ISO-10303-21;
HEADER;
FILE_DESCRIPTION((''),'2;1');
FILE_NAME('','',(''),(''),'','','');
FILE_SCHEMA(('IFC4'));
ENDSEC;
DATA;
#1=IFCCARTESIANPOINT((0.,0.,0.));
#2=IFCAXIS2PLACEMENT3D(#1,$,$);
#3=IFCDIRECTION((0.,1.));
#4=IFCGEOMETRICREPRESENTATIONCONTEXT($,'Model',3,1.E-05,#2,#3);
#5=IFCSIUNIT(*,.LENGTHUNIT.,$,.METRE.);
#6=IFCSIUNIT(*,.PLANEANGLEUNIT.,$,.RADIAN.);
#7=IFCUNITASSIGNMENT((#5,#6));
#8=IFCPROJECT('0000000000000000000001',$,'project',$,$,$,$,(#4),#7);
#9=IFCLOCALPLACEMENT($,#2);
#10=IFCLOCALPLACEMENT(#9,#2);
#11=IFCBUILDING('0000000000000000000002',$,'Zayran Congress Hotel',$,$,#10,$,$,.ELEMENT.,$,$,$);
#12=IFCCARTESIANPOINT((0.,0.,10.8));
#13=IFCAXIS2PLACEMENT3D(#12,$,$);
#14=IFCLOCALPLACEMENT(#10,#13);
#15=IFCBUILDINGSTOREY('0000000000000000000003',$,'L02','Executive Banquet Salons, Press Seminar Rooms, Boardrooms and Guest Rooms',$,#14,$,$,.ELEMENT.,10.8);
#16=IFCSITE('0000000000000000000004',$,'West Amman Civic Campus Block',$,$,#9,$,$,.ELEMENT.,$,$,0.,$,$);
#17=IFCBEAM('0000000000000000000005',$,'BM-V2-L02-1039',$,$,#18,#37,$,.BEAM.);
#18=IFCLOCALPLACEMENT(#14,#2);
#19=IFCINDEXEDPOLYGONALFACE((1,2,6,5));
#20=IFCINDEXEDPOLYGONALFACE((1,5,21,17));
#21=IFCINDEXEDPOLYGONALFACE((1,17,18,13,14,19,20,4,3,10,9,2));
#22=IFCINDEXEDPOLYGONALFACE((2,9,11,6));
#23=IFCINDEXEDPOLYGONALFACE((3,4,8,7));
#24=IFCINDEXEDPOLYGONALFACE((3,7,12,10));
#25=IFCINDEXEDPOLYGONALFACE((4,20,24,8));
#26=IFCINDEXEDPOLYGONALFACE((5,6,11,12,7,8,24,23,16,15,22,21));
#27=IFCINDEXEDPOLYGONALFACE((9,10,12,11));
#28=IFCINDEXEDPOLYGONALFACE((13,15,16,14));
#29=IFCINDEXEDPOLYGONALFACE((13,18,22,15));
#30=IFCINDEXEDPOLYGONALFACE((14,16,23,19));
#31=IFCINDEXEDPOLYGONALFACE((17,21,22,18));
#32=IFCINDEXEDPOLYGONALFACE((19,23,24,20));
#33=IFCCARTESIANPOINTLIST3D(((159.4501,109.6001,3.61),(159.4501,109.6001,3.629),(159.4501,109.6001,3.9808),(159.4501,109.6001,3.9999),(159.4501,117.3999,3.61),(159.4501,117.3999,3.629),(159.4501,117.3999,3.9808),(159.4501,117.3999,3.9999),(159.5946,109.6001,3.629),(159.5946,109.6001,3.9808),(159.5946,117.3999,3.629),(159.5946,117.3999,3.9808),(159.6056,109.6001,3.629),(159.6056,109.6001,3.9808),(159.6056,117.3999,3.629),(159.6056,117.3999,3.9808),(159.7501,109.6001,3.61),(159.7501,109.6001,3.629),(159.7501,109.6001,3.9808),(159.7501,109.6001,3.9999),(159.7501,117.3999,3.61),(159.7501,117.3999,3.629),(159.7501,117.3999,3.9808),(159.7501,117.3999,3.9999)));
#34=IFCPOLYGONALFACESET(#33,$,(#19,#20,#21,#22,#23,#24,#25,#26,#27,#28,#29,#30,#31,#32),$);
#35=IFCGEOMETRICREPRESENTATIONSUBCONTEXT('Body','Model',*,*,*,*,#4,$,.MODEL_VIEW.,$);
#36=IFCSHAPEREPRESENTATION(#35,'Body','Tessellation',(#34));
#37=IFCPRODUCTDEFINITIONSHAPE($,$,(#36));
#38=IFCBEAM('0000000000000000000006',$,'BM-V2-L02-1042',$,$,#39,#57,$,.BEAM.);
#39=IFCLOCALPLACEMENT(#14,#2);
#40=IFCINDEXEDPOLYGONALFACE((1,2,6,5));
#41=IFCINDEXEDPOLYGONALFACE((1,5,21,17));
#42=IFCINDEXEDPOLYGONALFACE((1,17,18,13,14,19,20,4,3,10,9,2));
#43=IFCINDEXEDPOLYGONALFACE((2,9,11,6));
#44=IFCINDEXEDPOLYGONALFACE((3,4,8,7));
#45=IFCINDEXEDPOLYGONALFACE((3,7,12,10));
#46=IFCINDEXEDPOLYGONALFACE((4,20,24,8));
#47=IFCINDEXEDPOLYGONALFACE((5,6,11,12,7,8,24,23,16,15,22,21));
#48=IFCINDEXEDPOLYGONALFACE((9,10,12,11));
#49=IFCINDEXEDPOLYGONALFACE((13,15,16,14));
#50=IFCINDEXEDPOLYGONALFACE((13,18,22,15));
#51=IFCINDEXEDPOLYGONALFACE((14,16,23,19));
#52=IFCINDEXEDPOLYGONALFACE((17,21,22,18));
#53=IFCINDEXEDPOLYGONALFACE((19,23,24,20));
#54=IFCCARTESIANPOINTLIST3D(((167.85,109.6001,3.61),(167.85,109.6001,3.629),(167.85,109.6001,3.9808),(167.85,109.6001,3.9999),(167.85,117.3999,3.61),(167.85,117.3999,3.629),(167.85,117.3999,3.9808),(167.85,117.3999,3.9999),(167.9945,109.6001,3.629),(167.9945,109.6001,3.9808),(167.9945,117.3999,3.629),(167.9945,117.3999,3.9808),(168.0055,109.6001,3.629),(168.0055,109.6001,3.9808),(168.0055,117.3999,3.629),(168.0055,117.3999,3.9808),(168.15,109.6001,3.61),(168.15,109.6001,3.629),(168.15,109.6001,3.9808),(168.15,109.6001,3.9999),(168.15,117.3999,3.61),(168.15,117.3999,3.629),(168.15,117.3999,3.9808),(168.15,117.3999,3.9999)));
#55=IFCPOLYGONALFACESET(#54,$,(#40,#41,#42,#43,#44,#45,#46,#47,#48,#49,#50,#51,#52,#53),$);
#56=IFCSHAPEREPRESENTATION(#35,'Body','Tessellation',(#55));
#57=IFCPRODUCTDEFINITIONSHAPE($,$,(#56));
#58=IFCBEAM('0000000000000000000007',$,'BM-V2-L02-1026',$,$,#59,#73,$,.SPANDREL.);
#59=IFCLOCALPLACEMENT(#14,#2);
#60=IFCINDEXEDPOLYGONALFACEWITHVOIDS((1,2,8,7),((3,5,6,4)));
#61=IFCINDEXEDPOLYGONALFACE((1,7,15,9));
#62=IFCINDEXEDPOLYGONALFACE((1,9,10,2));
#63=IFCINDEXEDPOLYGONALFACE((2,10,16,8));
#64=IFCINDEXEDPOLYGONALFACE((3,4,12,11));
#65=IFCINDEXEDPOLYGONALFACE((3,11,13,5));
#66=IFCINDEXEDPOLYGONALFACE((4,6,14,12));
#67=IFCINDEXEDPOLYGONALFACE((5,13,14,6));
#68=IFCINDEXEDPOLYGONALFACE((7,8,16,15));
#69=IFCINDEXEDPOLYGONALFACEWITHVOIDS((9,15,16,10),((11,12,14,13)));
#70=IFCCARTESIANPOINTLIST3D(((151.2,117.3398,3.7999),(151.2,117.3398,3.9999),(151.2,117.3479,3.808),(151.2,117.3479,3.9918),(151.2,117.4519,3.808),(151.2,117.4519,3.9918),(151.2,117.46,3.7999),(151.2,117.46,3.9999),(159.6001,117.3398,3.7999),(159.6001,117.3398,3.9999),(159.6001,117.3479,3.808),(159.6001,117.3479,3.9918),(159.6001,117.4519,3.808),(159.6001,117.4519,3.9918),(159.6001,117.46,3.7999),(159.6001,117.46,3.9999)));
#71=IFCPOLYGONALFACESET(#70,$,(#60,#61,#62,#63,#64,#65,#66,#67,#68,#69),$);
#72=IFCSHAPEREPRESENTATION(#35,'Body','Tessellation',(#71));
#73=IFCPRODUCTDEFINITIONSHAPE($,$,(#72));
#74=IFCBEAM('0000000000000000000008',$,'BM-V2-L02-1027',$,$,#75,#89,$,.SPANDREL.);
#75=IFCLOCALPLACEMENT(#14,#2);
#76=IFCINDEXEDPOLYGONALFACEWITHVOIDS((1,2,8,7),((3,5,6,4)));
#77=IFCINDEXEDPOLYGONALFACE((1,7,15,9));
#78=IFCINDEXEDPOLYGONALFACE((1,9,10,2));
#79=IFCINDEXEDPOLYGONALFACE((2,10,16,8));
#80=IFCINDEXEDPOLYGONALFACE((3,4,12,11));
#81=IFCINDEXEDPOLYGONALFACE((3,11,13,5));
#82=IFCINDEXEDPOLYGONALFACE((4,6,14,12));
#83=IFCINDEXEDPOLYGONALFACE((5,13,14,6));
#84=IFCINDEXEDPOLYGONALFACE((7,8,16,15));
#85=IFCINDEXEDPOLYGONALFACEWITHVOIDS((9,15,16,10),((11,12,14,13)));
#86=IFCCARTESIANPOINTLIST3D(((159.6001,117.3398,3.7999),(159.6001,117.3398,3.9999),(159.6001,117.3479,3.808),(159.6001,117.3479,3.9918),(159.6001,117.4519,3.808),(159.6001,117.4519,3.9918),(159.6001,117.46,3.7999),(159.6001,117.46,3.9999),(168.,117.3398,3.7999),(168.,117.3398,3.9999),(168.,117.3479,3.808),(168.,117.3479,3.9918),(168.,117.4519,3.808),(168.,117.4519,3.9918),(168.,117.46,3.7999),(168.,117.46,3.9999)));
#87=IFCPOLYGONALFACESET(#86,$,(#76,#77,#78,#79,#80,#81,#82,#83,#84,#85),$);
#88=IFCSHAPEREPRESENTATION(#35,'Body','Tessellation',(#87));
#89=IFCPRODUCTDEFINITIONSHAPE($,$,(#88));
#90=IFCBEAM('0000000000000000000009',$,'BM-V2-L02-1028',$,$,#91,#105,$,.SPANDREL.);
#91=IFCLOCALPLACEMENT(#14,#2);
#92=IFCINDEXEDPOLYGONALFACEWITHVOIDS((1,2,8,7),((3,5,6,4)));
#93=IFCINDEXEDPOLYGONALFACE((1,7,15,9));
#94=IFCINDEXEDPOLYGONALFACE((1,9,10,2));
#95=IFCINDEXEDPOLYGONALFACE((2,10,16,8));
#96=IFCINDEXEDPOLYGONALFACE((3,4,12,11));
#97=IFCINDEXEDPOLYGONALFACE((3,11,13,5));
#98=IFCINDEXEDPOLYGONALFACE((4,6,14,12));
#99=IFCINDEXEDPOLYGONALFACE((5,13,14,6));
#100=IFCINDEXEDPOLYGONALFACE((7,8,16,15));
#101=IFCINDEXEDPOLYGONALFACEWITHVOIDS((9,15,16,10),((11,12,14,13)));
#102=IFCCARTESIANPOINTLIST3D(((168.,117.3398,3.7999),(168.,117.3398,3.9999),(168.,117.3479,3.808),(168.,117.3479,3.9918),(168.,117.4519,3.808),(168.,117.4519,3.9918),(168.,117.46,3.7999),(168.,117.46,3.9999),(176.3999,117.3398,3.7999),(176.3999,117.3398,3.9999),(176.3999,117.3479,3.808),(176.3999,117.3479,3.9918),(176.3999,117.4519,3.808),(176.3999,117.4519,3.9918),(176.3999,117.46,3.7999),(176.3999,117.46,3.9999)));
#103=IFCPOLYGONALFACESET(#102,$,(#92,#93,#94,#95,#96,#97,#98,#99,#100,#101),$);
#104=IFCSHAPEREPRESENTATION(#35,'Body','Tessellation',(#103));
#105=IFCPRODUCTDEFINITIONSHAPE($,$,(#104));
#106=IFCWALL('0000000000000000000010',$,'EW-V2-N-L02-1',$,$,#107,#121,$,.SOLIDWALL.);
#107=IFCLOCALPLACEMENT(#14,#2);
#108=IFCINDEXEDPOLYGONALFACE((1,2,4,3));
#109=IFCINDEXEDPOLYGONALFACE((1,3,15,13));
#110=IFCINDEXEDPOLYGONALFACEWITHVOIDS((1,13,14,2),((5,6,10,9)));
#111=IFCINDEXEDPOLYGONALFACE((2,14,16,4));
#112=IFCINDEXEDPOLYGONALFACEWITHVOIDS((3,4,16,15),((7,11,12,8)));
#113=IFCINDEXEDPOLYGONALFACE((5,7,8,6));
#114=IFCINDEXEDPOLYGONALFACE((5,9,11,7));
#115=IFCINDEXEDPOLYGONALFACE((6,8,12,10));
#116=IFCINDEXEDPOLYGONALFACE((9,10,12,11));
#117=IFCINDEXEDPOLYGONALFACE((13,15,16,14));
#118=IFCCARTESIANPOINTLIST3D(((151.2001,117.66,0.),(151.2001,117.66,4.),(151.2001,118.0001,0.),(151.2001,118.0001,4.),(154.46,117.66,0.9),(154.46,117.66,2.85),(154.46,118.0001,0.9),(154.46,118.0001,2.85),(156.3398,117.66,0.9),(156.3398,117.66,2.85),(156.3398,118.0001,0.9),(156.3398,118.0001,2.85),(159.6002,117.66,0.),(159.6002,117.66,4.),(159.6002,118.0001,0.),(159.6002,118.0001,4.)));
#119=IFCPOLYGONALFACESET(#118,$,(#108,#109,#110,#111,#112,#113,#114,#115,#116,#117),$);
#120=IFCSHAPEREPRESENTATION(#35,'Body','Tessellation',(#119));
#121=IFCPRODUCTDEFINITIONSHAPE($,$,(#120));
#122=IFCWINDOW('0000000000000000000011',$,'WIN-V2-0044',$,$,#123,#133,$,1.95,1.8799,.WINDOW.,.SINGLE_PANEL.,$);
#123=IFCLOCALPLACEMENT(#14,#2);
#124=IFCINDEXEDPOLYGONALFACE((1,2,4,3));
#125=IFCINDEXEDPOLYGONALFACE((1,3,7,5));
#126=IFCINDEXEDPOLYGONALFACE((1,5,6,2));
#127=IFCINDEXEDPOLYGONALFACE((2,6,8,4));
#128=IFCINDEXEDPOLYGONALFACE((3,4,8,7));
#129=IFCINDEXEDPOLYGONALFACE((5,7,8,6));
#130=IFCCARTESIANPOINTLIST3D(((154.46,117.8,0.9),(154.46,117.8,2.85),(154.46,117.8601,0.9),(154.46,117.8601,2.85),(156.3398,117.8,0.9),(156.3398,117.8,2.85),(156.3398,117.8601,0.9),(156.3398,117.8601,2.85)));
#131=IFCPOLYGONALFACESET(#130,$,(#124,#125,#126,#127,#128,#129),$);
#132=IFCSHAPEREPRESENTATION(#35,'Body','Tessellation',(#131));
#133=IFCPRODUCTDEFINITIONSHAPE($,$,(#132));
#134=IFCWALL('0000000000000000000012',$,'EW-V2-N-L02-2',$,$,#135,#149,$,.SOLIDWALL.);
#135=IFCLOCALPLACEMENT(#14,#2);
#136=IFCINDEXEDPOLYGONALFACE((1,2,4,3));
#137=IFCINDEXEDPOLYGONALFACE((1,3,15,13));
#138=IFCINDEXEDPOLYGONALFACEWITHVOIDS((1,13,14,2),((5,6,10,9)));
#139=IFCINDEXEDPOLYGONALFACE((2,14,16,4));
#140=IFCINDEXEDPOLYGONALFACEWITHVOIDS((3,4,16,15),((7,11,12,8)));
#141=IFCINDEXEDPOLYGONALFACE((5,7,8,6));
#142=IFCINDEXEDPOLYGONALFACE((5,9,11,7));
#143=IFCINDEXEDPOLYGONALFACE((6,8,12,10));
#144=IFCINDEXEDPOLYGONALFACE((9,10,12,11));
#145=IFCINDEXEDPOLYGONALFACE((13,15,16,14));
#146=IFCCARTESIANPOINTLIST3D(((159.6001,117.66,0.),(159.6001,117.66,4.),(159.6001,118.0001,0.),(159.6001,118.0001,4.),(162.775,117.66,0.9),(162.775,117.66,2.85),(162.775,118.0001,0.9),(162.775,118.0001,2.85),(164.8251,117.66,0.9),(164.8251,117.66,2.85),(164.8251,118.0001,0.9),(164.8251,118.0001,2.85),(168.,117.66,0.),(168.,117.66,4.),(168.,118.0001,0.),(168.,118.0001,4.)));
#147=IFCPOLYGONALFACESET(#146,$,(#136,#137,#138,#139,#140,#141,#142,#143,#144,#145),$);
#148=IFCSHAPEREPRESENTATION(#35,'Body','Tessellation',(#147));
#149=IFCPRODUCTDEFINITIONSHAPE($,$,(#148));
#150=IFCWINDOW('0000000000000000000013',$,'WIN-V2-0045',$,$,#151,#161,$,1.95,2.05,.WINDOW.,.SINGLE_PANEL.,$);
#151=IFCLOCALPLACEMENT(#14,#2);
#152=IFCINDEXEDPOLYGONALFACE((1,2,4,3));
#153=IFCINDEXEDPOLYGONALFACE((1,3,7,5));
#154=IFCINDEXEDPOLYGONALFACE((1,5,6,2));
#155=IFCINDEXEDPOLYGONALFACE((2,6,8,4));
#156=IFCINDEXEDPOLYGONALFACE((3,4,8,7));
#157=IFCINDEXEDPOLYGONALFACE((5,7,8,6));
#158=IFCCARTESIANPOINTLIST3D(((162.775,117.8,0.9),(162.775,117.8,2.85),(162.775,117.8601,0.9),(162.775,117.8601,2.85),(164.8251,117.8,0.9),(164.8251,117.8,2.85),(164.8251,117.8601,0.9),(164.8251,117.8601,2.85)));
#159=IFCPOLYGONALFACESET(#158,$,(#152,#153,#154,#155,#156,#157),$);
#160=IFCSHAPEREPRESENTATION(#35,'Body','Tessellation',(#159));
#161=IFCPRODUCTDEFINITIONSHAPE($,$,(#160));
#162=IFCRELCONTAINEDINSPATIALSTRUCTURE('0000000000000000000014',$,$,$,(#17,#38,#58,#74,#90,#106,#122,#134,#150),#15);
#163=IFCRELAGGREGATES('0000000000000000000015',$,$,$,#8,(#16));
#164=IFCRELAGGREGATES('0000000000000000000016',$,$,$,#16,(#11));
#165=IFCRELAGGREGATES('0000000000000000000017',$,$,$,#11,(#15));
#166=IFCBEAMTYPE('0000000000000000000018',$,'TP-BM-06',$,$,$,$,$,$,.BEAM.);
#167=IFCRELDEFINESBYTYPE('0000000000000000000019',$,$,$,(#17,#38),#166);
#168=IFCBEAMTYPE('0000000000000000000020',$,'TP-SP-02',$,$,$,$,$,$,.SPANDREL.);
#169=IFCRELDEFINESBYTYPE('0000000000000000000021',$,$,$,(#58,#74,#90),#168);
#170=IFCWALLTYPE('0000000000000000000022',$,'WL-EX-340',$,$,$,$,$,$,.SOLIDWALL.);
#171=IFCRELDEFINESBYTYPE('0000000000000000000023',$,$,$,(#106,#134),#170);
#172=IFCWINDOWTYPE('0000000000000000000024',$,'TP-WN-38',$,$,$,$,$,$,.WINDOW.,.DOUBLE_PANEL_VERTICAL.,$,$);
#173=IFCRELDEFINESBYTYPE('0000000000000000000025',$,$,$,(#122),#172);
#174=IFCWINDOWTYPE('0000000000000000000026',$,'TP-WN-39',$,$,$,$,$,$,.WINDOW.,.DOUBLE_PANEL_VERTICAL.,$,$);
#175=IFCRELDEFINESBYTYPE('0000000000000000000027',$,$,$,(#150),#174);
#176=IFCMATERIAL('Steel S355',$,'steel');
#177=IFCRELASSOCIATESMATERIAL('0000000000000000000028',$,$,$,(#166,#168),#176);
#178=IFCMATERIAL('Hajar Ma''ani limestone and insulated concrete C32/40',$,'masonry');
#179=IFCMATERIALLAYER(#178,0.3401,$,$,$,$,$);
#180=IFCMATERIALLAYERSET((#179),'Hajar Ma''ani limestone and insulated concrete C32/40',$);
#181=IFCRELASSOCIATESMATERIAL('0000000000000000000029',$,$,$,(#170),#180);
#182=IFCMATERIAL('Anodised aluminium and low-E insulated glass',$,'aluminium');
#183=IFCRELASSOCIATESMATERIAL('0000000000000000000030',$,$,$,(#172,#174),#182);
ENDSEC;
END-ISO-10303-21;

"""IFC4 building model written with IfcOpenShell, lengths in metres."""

from ifc_helpers import new_model, si_unit, direction, frame, frame_2d, origin, origin_2d, place, context, subcontext, project, spatial, rectangle, hollow_rectangle, i_section, extrude, material, layer, layer_set, material_profile, profile_set, type_object, element, fill, save


model = new_model("IFC4")

# Units and contexts
model_context = context("Model", 3, precision=1e-05, world=origin(), true_north=direction((0.0, 1.0)))
body_context = subcontext(model_context, "Body", "Model", "MODEL_VIEW")
ifc_project = project(units=[si_unit("LENGTHUNIT", "METRE"), si_unit("PLANEANGLEUNIT", "RADIAN")], contexts=[model_context])

# Site, building, storey
site_placement = place(None, origin())
site = spatial("IfcSite", under=ifc_project, at=site_placement, Name="West Amman Civic Campus Block", CompositionType="ELEMENT", RefElevation=0.0)
building_placement = place(site_placement, origin())
building = spatial("IfcBuilding", under=site, at=building_placement, Name="Zayran Congress Hotel", CompositionType="ELEMENT")
storey_placement = place(building_placement, frame((0.0, 0.0, 10.8)))
storey = spatial("IfcBuildingStorey", under=building, at=storey_placement, Name="L02", Description="Executive Banquet Salons, Press Seminar Rooms, Boardrooms and Guest Rooms", CompositionType="ELEMENT", Elevation=10.8)

# Shared definitions
ifc_material_1 = material(Name="Steel S355", Category="steel")

# Beams
ifc_material_profile_1 = material_profile(ifc_material_1, i_section(OverallWidth=0.3, OverallDepth=0.3899, WebThickness=0.011, FlangeThickness=0.019, at=origin_2d()), Name="HEA 400")
ifc_profile_set_1 = profile_set([ifc_material_profile_1], Name="Steel S355")
beam_type_1 = type_object("IfcBeamType", Name="TP-BM-06", PredefinedType="BEAM", material=ifc_profile_set_1)
for number, where, z_axis, x_axis, name in (
    (1, (159.6001, 109.6001, 3.8049), (0.0, 1.0, 0.0), (-1.0, 0.0, 0.0), "BM-V2-L02-1039"),
    (2, (168.0, 109.6001, 3.8049), (0.0, 1.0, 0.0), (-1.0, 0.0, 0.0), "BM-V2-L02-1042"),
):
    element("IfcBeam", number, at=place(storey_placement, frame(where, z_axis=z_axis, x_axis=x_axis)), inside=storey, type_object=beam_type_1, Name=name, PredefinedType="BEAM", context=body_context, shape_type="SweptSolid", body=[
        extrude(i_section(OverallWidth=0.3, OverallDepth=0.3899, WebThickness=0.011, FlangeThickness=0.019, at=origin_2d()), origin(), (0.0, 0.0, 1.0), 7.7998),
    ])
ifc_material_profile_2 = material_profile(ifc_material_1, hollow_rectangle(XDim=0.1201, YDim=0.2, WallThickness=0.0081, at=origin_2d()), Name="RHS 200x120x8")
ifc_profile_set_2 = profile_set([ifc_material_profile_2], Name="Steel S355")
beam_type_2 = type_object("IfcBeamType", Name="TP-SP-02", PredefinedType="SPANDREL", material=ifc_profile_set_2)
beam_1_placement = place(storey_placement, frame((151.2, 117.3999, 3.8999), z_axis=(1.0, 0.0, 0.0), x_axis=(0.0, 1.0, 0.0)))
element("IfcBeam", 3, at=beam_1_placement, inside=storey, type_object=beam_type_2, Name="BM-V2-L02-1026", PredefinedType="SPANDREL", context=body_context, shape_type="SweptSolid", body=[
    extrude(hollow_rectangle(XDim=0.1201, YDim=0.2, WallThickness=0.0081, at=origin_2d()), origin(), (0.0, 0.0, 1.0), 8.4001),
])
for number, where, z_axis, x_axis, name in (
    (4, (159.6001, 117.3999, 3.8999), (1.0, 0.0, 0.0), (0.0, 1.0, 0.0), "BM-V2-L02-1027"),
    (5, (168.0, 117.3999, 3.8999), (1.0, 0.0, 0.0), (0.0, 1.0, 0.0), "BM-V2-L02-1028"),
):
    element("IfcBeam", number, at=place(storey_placement, frame(where, z_axis=z_axis, x_axis=x_axis)), inside=storey, type_object=beam_type_2, Name=name, PredefinedType="SPANDREL", context=body_context, shape_type="SweptSolid", body=[
        extrude(hollow_rectangle(XDim=0.1201, YDim=0.2, WallThickness=0.0081, at=origin_2d()), origin(), (0.0, 0.0, 1.0), 8.3999),
    ])

# Walls, openings, windows
ifc_material_2 = material(Name="Hajar Ma'ani limestone and insulated concrete C32/40", Category="masonry")
ifc_layer_1 = layer(ifc_material_2, 0.3401)
ifc_layer_set_1 = layer_set([ifc_layer_1], Name="Hajar Ma'ani limestone and insulated concrete C32/40")
wall_type_1 = type_object("IfcWallType", Name="WL-EX-340", PredefinedType="SOLIDWALL", material=ifc_layer_set_1)
wall_1_placement = place(storey_placement, frame((151.2, 117.8301, 0.0), z_axis=(0.0, 0.0, 1.0), x_axis=(1.0, 0.0, 0.0)))
wall_1 = element("IfcWall", 6, at=wall_1_placement, inside=storey, type_object=wall_type_1, Name="EW-V2-N-L02-1", PredefinedType="SOLIDWALL", context=body_context, shape_type="SweptSolid", body=[
    extrude(rectangle(XDim=8.4001, YDim=0.3401, at=frame_2d((4.2002, 0.0))), origin(), (0.0, 0.0, 1.0), 4.0),
])
opening_1_placement = place(wall_1_placement, frame((3.26, 0.0, 0.8999)))
opening_1 = element("IfcOpeningElement", 7, at=opening_1_placement, cuts=wall_1, PredefinedType="OPENING", context=body_context, shape_type="SweptSolid", body=[
    extrude(rectangle(XDim=1.8799, YDim=1.95, at=frame_2d((0.9399, 0.9751))), frame((0.0, 0.1799, 0.0), z_axis=(0.0, -1.0, 0.0), x_axis=(1.0, 0.0, 0.0)), (0.0, 0.0, 1.0), 0.3601),
])
ifc_material_3 = material(Name="Anodised aluminium and low-E insulated glass", Category="aluminium")
window_type_1 = type_object("IfcWindowType", Name="TP-WN-38", PartitioningType="DOUBLE_PANEL_VERTICAL", PredefinedType="WINDOW", material=ifc_material_3)
window_1_placement = place(opening_1_placement, origin())
window_1 = element("IfcWindow", 8, at=window_1_placement, inside=storey, type_object=window_type_1, Name="WIN-V2-0044", OverallHeight=1.95, OverallWidth=1.8799, PartitioningType="SINGLE_PANEL", PredefinedType="WINDOW", context=body_context, shape_type="SweptSolid", body=[
    extrude(rectangle(XDim=1.8799, YDim=1.95, at=frame_2d((0.9399, 0.9751))), frame((0.0, 0.03, 0.0), z_axis=(0.0, -1.0, 0.0), x_axis=(1.0, 0.0, 0.0)), (0.0, 0.0, 1.0), 0.0601),
])
fill(opening_1, window_1)
wall_2_placement = place(storey_placement, frame((159.6001, 117.8301, 0.0), z_axis=(0.0, 0.0, 1.0), x_axis=(1.0, 0.0, 0.0)))
wall_2 = element("IfcWall", 9, at=wall_2_placement, inside=storey, type_object=wall_type_1, Name="EW-V2-N-L02-2", PredefinedType="SOLIDWALL", context=body_context, shape_type="SweptSolid", body=[
    extrude(rectangle(XDim=8.3999, YDim=0.3401, at=frame_2d((4.2, 0.0))), origin(), (0.0, 0.0, 1.0), 4.0),
])
opening_2_placement = place(wall_2_placement, frame((3.175, 0.0, 0.8999)))
opening_2 = element("IfcOpeningElement", 10, at=opening_2_placement, cuts=wall_2, PredefinedType="OPENING", context=body_context, shape_type="SweptSolid", body=[
    extrude(rectangle(XDim=2.05, YDim=1.95, at=frame_2d((1.0249, 0.9751))), frame((0.0, 0.1799, 0.0), z_axis=(0.0, -1.0, 0.0), x_axis=(1.0, 0.0, 0.0)), (0.0, 0.0, 1.0), 0.3601),
])
window_type_2 = type_object("IfcWindowType", Name="TP-WN-39", PartitioningType="DOUBLE_PANEL_VERTICAL", PredefinedType="WINDOW", material=ifc_material_3)
window_2_placement = place(opening_2_placement, origin())
window_2 = element("IfcWindow", 11, at=window_2_placement, inside=storey, type_object=window_type_2, Name="WIN-V2-0045", OverallHeight=1.95, OverallWidth=2.05, PartitioningType="SINGLE_PANEL", PredefinedType="WINDOW", context=body_context, shape_type="SweptSolid", body=[
    extrude(rectangle(XDim=2.05, YDim=1.95, at=frame_2d((1.0249, 0.9751))), frame((0.0, 0.03, 0.0), z_axis=(0.0, -1.0, 0.0), x_axis=(1.0, 0.0, 0.0)), (0.0, 0.0, 1.0), 0.0601),
])
fill(opening_2, window_2)

save(model, "model.ifc")
